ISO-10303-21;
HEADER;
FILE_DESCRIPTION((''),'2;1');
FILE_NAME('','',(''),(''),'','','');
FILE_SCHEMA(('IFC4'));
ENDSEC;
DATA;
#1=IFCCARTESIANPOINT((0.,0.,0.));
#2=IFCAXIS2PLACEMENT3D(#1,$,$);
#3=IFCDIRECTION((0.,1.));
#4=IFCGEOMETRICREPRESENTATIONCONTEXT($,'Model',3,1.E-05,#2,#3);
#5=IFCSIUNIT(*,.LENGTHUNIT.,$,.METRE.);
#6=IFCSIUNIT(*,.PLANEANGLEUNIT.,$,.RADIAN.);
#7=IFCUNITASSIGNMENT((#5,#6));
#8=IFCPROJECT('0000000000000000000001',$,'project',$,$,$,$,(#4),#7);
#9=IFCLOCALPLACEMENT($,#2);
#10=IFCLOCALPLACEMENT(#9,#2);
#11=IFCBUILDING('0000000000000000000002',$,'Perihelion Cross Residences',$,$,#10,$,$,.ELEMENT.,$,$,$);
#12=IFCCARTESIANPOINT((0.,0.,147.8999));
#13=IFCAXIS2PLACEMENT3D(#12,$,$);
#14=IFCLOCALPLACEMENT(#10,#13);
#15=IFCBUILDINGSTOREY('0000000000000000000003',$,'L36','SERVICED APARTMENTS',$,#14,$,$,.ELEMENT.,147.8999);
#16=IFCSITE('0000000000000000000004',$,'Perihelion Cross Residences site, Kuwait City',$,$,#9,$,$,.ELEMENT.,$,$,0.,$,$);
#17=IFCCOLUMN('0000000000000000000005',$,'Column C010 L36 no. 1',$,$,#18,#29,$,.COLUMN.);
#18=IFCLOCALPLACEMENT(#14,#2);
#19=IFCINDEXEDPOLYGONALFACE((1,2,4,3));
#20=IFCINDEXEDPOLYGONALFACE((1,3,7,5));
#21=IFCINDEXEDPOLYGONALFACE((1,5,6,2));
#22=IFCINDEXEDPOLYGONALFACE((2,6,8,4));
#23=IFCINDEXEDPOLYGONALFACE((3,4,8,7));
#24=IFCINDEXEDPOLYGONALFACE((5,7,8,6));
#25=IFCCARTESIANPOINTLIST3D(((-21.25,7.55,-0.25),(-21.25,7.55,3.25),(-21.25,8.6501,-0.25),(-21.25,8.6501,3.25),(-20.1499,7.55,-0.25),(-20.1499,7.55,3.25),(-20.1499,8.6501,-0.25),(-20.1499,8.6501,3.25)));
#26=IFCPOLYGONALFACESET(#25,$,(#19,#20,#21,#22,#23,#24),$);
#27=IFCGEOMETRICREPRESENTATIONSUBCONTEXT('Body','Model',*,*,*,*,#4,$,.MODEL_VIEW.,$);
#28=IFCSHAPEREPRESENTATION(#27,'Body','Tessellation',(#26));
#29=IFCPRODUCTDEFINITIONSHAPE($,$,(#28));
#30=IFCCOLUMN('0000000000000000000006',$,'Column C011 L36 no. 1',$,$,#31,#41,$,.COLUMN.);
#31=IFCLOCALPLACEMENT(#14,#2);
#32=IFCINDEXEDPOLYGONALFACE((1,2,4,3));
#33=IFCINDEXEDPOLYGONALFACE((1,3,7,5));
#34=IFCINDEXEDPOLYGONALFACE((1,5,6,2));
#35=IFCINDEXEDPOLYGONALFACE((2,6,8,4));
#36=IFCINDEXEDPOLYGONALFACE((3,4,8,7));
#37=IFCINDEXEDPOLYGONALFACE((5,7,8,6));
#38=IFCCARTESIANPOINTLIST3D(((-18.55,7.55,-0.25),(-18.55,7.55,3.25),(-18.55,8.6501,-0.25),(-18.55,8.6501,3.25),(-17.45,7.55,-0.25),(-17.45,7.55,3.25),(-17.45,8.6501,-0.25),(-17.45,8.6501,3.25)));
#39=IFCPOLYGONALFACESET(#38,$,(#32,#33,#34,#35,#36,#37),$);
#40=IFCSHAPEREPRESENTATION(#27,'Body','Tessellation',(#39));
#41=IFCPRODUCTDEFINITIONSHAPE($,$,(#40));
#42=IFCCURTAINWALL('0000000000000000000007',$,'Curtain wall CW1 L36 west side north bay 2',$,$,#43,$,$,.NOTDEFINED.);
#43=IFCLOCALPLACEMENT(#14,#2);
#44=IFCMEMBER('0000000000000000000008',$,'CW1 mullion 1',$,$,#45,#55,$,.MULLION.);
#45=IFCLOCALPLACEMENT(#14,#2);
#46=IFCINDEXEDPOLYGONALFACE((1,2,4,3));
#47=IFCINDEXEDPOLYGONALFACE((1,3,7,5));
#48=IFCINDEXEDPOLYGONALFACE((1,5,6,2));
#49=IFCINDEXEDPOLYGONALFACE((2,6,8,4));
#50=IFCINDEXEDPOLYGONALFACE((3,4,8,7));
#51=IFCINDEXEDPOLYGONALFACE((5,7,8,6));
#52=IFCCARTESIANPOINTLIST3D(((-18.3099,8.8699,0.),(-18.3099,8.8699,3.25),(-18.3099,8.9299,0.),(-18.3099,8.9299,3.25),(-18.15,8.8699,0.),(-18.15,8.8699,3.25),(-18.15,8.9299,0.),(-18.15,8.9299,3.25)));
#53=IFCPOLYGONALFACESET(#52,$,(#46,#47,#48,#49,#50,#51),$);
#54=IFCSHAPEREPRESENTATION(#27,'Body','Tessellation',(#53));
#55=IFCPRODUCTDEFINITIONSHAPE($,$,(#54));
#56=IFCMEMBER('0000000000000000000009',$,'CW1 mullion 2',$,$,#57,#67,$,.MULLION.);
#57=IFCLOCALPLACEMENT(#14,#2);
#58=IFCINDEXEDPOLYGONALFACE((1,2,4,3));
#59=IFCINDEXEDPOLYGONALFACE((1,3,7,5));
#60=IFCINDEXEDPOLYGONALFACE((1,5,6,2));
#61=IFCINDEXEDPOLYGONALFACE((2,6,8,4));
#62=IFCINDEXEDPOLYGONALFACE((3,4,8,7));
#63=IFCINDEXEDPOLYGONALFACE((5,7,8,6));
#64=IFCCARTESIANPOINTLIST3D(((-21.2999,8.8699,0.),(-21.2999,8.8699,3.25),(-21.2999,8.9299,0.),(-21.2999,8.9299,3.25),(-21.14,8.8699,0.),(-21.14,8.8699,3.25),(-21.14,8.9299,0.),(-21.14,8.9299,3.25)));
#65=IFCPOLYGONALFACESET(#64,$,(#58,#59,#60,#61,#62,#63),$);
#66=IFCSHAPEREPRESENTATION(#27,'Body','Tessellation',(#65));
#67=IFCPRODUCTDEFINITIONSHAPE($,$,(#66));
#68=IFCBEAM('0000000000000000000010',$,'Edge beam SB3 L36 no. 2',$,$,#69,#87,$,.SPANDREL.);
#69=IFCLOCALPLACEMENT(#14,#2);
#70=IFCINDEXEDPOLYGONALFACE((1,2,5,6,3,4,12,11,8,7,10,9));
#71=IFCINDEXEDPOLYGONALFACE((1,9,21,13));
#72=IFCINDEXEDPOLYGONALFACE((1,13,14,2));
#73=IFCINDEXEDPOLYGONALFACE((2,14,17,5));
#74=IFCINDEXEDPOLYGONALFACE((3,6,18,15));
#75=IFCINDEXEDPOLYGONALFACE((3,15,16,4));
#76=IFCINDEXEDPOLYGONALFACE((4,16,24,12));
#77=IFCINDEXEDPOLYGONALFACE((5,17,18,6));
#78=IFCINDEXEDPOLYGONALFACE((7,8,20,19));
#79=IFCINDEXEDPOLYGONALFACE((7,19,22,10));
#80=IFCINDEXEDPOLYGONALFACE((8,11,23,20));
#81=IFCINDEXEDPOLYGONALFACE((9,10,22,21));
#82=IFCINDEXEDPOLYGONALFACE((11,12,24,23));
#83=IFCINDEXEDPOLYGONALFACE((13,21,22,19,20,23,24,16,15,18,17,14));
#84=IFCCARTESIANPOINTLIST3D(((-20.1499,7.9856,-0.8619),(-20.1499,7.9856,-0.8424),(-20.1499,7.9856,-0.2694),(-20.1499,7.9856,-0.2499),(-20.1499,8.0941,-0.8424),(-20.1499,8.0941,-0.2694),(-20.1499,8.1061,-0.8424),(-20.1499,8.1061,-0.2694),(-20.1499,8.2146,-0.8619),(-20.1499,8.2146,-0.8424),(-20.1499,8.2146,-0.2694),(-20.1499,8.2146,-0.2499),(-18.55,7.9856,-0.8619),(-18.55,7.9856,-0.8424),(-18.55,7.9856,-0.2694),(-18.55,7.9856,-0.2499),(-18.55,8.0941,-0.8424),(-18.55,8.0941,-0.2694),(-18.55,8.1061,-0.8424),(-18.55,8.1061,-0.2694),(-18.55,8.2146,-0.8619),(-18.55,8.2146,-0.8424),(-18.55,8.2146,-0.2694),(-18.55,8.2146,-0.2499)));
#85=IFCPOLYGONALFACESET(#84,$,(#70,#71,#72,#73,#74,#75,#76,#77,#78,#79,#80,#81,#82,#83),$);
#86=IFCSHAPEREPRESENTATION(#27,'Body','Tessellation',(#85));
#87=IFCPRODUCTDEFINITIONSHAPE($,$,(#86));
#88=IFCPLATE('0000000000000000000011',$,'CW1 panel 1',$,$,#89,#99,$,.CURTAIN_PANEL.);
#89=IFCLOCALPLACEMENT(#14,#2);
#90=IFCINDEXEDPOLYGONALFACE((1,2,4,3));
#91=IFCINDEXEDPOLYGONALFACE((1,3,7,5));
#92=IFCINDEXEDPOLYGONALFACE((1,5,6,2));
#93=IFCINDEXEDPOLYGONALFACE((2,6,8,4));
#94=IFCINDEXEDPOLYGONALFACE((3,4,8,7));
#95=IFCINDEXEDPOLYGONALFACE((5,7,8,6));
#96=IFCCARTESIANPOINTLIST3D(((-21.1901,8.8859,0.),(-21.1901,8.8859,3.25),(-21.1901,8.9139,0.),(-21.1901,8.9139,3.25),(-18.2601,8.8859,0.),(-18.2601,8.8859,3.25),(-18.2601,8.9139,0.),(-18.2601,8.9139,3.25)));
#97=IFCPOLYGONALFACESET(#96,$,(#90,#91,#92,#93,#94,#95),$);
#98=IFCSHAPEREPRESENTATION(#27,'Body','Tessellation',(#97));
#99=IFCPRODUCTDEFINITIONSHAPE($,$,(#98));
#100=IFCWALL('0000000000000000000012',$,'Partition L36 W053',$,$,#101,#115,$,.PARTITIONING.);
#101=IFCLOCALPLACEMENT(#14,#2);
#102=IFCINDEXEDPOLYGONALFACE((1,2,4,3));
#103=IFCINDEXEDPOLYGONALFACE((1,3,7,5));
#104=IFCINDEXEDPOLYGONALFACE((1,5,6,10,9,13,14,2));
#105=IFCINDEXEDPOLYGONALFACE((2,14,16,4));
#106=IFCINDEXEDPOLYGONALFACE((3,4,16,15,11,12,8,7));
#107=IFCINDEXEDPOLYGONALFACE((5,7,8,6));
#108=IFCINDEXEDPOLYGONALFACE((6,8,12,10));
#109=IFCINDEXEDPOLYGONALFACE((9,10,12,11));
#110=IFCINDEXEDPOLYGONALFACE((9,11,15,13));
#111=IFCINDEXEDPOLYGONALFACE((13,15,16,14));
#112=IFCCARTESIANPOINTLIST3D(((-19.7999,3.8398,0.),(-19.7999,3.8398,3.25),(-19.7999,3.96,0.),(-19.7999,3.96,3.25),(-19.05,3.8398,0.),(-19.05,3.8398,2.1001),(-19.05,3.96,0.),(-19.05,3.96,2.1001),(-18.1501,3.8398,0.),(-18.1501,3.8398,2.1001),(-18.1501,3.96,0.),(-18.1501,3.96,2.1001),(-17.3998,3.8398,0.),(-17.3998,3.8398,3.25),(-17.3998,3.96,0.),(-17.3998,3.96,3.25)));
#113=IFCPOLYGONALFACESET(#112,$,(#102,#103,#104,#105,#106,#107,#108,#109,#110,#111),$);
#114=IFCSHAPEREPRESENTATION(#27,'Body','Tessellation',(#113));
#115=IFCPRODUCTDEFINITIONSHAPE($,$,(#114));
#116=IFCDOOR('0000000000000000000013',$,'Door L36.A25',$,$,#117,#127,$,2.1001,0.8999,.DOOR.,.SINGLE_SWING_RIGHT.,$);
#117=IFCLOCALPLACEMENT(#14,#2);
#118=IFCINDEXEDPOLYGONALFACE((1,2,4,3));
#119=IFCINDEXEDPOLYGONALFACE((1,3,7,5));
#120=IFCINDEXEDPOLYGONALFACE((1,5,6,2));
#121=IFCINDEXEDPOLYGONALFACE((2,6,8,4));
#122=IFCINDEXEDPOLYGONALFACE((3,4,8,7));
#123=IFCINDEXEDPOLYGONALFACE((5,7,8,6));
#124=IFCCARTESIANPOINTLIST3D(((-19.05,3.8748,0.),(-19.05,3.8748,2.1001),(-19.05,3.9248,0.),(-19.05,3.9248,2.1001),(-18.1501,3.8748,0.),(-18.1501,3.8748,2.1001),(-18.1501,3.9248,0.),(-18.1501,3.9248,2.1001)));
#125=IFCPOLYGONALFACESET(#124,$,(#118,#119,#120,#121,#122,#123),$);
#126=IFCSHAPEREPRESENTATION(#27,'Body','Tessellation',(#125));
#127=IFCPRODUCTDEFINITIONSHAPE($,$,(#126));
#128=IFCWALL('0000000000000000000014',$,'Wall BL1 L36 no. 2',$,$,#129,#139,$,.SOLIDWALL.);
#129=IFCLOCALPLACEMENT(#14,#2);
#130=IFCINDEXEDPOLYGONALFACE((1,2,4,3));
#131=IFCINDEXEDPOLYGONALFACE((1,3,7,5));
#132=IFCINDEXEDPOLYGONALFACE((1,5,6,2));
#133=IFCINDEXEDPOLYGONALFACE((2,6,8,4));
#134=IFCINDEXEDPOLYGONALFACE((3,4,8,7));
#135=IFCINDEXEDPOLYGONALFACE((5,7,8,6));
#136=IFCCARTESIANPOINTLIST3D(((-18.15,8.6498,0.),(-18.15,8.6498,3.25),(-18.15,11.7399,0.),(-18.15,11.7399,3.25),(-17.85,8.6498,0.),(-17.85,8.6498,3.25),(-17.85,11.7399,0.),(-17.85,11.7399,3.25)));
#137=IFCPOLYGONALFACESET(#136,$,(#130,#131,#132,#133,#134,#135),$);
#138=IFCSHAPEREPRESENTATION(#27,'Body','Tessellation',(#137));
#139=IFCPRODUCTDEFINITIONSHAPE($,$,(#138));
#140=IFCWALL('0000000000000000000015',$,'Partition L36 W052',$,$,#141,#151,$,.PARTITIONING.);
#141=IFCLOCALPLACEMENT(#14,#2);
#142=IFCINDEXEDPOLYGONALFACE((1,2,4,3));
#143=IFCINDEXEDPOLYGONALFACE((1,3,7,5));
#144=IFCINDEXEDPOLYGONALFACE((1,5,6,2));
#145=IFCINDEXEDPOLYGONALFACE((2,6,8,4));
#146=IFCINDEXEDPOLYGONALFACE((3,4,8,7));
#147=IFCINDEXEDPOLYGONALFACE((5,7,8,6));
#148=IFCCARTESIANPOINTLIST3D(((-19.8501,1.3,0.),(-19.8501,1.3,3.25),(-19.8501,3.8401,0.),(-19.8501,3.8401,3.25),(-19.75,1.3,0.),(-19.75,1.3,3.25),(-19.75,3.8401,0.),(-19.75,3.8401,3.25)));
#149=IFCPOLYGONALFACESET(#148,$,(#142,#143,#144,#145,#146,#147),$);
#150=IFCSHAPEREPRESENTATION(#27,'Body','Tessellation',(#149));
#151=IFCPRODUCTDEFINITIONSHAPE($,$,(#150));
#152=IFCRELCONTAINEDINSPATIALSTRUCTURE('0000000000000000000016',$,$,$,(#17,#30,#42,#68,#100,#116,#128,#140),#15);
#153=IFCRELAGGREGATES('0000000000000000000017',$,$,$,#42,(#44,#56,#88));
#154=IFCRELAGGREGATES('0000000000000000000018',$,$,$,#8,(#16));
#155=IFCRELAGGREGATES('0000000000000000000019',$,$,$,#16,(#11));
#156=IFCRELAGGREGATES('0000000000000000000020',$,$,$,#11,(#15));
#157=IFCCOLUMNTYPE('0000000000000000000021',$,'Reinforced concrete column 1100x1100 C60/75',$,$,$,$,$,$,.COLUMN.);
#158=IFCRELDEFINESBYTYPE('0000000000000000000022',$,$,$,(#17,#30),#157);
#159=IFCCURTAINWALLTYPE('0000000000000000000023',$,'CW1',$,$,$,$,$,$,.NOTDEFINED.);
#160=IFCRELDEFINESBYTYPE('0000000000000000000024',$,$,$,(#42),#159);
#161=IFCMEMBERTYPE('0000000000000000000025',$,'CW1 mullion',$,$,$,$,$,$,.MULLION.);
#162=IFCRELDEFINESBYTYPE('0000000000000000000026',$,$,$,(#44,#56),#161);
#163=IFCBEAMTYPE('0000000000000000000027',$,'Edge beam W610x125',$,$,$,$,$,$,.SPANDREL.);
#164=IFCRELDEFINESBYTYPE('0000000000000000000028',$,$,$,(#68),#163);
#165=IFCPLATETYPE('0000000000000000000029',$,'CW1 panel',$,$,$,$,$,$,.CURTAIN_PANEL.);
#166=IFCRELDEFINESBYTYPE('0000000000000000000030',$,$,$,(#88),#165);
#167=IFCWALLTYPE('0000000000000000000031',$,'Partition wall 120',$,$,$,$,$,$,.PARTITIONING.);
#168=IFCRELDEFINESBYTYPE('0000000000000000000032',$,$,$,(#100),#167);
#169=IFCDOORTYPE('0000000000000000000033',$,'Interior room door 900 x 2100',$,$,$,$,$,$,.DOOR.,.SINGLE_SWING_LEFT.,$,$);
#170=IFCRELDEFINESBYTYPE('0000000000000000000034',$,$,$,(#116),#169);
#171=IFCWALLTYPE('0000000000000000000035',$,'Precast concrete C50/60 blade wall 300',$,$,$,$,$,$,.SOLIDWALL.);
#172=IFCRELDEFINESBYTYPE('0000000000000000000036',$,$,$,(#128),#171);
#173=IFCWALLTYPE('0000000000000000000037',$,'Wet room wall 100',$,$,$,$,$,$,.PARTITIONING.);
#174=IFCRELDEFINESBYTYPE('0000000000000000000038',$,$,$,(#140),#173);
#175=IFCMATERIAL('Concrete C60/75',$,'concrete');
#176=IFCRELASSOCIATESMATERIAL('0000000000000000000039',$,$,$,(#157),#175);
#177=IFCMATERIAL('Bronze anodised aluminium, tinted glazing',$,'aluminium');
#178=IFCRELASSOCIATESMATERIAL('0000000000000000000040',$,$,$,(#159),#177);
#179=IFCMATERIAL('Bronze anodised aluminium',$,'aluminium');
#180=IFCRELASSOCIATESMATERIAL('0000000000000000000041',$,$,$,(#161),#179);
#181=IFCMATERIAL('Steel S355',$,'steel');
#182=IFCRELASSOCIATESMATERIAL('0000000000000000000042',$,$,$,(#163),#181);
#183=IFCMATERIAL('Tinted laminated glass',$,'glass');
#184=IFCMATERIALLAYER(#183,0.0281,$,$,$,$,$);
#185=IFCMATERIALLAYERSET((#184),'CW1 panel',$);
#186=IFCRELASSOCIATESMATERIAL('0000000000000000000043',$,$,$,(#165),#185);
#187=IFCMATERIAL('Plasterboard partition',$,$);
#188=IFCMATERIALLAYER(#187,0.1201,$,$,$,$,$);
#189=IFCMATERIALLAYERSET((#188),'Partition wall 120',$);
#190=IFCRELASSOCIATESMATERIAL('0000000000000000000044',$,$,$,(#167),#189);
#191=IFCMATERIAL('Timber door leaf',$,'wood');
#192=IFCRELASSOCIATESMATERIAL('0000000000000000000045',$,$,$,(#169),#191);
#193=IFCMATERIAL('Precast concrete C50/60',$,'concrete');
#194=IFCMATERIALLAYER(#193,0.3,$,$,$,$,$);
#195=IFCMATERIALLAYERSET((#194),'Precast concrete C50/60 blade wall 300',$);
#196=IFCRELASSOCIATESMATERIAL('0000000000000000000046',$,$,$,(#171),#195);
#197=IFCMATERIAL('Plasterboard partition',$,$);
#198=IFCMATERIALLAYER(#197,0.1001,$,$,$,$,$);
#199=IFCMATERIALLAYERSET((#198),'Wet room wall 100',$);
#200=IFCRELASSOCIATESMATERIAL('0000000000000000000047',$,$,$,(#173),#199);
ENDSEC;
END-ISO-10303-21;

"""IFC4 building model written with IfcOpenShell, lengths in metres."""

from ifc_helpers import new_model, si_unit, direction, frame, frame_2d, origin, origin_2d, place, context, subcontext, project, spatial, rectangle, i_section, extrude, material, layer, layer_set, material_profile, profile_set, type_object, element, fill, aggregate, save


model = new_model("IFC4")

# Units and contexts
model_context = context("Model", 3, precision=1e-05, world=origin(), true_north=direction((0.0, 1.0)))
body_context = subcontext(model_context, "Body", "Model", "MODEL_VIEW")
ifc_project = project(units=[si_unit("LENGTHUNIT", "METRE"), si_unit("PLANEANGLEUNIT", "RADIAN")], contexts=[model_context])

# Site, building, storey
site_placement = place(None, origin())
site = spatial("IfcSite", under=ifc_project, at=site_placement, Name="Perihelion Cross Residences site, Kuwait City", CompositionType="ELEMENT", RefElevation=0.0)
building_placement = place(site_placement, origin())
building = spatial("IfcBuilding", under=site, at=building_placement, Name="Perihelion Cross Residences", CompositionType="ELEMENT")
storey_placement = place(building_placement, frame((0.0, 0.0, 147.8999)))
storey = spatial("IfcBuildingStorey", under=building, at=storey_placement, Name="L36", Description="SERVICED APARTMENTS", CompositionType="ELEMENT", Elevation=147.8999)

# Columns
ifc_material_1 = material(Name="Concrete C60/75", Category="concrete")
ifc_material_profile_1 = material_profile(ifc_material_1, rectangle(XDim=1.1001, YDim=1.1001, at=origin_2d()), Name="RC 1100x1100")
ifc_profile_set_1 = profile_set([ifc_material_profile_1], Name="Concrete C60/75")
column_type = type_object("IfcColumnType", Name="Reinforced concrete column 1100x1100 C60/75", PredefinedType="COLUMN", material=ifc_profile_set_1)
for number, where, z_axis, x_axis, name in (
    (1, (-20.7, 8.1001, -0.25), (0.0, 0.0, 1.0), (1.0, 0.0, 0.0), "Column C010 L36 no. 1"),
    (2, (-18.0, 8.1001, -0.25), (0.0, 0.0, 1.0), (1.0, 0.0, 0.0), "Column C011 L36 no. 1"),
):
    element("IfcColumn", number, at=place(storey_placement, frame(where, z_axis=z_axis, x_axis=x_axis)), inside=storey, type_object=column_type, Name=name, PredefinedType="COLUMN", context=body_context, shape_type="SweptSolid", body=[
        extrude(rectangle(XDim=1.1001, YDim=1.1001, at=origin_2d()), origin(), (0.0, 0.0, 1.0), 3.5),
    ])

# Curtain wall, members
ifc_material_2 = material(Name="Bronze anodised aluminium, tinted glazing", Category="aluminium")
curtain_wall_type = type_object("IfcCurtainWallType", Name="CW1", PredefinedType="NOTDEFINED", material=ifc_material_2)
curtain_wall_placement = place(storey_placement, origin())
curtain_wall = element("IfcCurtainWall", 3, at=curtain_wall_placement, inside=storey, type_object=curtain_wall_type, Name="Curtain wall CW1 L36 west side north bay 2", PredefinedType="NOTDEFINED")
ifc_material_3 = material(Name="Bronze anodised aluminium", Category="aluminium")
ifc_material_profile_2 = material_profile(ifc_material_3, rectangle(XDim=0.0601, YDim=0.1599, at=origin_2d()), Name="CW1 mullion")
ifc_profile_set_2 = profile_set([ifc_material_profile_2], Name="Bronze anodised aluminium")
member_type = type_object("IfcMemberType", Name="CW1 mullion", PredefinedType="MULLION", material=ifc_profile_set_2)
member_1_placement = place(storey_placement, frame((-18.23, 8.8999, 0.0), z_axis=(0.0, 0.0, 1.0), x_axis=(0.0, -1.0, 0.0)))
member_1 = element("IfcMember", 4, at=member_1_placement, type_object=member_type, Name="CW1 mullion 1", PredefinedType="MULLION", context=body_context, shape_type="SweptSolid", body=[
    extrude(rectangle(XDim=0.0601, YDim=0.1599, at=origin_2d()), origin(), (0.0, 0.0, 1.0), 3.25),
])
member_2_placement = place(storey_placement, frame((-21.22, 8.8999, 0.0), z_axis=(0.0, 0.0, 1.0), x_axis=(0.0, -1.0, 0.0)))
member_2 = element("IfcMember", 5, at=member_2_placement, type_object=member_type, Name="CW1 mullion 2", PredefinedType="MULLION", context=body_context, shape_type="SweptSolid", body=[
    extrude(rectangle(XDim=0.0601, YDim=0.1599, at=origin_2d()), origin(), (0.0, 0.0, 1.0), 3.25),
])

# Beam
ifc_material_4 = material(Name="Steel S355", Category="steel")
ifc_material_profile_3 = material_profile(ifc_material_4, i_section(OverallWidth=0.229, OverallDepth=0.6121, WebThickness=0.012, FlangeThickness=0.0195, at=origin_2d()), Name="W610x125")
ifc_profile_set_3 = profile_set([ifc_material_profile_3], Name="Steel S355")
beam_type = type_object("IfcBeamType", Name="Edge beam W610x125", PredefinedType="SPANDREL", material=ifc_profile_set_3)
beam_placement = place(storey_placement, frame((-18.55, 8.1001, -0.5559), z_axis=(-1.0, 0.0, 0.0), x_axis=(0.0, -1.0, 0.0)))
element("IfcBeam", 6, at=beam_placement, inside=storey, type_object=beam_type, Name="Edge beam SB3 L36 no. 2", PredefinedType="SPANDREL", context=body_context, shape_type="SweptSolid", body=[
    extrude(i_section(OverallWidth=0.229, OverallDepth=0.6121, WebThickness=0.012, FlangeThickness=0.0195, at=origin_2d()), origin(), (0.0, 0.0, 1.0), 1.5999),
])

# Plate
ifc_material_5 = material(Name="Tinted laminated glass", Category="glass")
ifc_layer_1 = layer(ifc_material_5, 0.0281)
ifc_layer_set_1 = layer_set([ifc_layer_1], Name="CW1 panel")
plate_type = type_object("IfcPlateType", Name="CW1 panel", PredefinedType="CURTAIN_PANEL", material=ifc_layer_set_1)
plate_placement = place(storey_placement, frame((-19.7251, 8.8999, 0.0), z_axis=(0.0, 0.0, 1.0), x_axis=(-1.0, 0.0, 0.0)))
plate = element("IfcPlate", 7, at=plate_placement, type_object=plate_type, Name="CW1 panel 1", PredefinedType="CURTAIN_PANEL", context=body_context, shape_type="SweptSolid", body=[
    extrude(rectangle(XDim=2.9299, YDim=0.0281, at=origin_2d()), origin(), (0.0, 0.0, 1.0), 3.25),
])
aggregate(curtain_wall, [member_1, member_2, plate])

# Wall, opening, door
ifc_material_6 = material(Name="Plasterboard partition")
ifc_layer_2 = layer(ifc_material_6, 0.1201)
ifc_layer_set_2 = layer_set([ifc_layer_2], Name="Partition wall 120")
wall_type_1 = type_object("IfcWallType", Name="Partition wall 120", PredefinedType="PARTITIONING", material=ifc_layer_set_2)
wall_1_placement = place(storey_placement, frame((-19.8, 3.8999, 0.0), z_axis=(0.0, 0.0, 1.0), x_axis=(1.0, 0.0, 0.0)))
wall_1 = element("IfcWall", 8, at=wall_1_placement, inside=storey, type_object=wall_type_1, Name="Partition L36 W053", PredefinedType="PARTITIONING", context=body_context, shape_type="SweptSolid", body=[
    extrude(rectangle(XDim=2.4001, YDim=0.1201, at=frame_2d((1.2002, 0.0))), origin(), (0.0, 0.0, 1.0), 3.25),
])
opening_1_placement = place(wall_1_placement, frame((0.75, 0.0, 0.0)))
opening_1 = element("IfcOpeningElement", 9, at=opening_1_placement, cuts=wall_1, PredefinedType="OPENING", context=body_context, shape_type="SweptSolid", body=[
    extrude(rectangle(XDim=0.8999, YDim=2.1001, at=frame_2d((0.45, 1.05))), frame((0.0, 0.0701, 0.0), z_axis=(0.0, -1.0, 0.0), x_axis=(1.0, 0.0, 0.0)), (0.0, 0.0, 1.0), 0.1401),
])
ifc_material_7 = material(Name="Timber door leaf", Category="wood")
door_type_1 = type_object("IfcDoorType", Name="Interior room door 900 x 2100", OperationType="SINGLE_SWING_LEFT", PredefinedType="DOOR", material=ifc_material_7)
door_1_placement = place(opening_1_placement, origin())
door_1 = element("IfcDoor", 10, at=door_1_placement, inside=storey, type_object=door_type_1, Name="Door L36.A25", OperationType="SINGLE_SWING_RIGHT", OverallHeight=2.1001, OverallWidth=0.8999, PredefinedType="DOOR", context=body_context, shape_type="SweptSolid", body=[
    extrude(rectangle(XDim=0.8999, YDim=2.1001, at=frame_2d((0.45, 1.05))), frame((0.0, 0.0249, 0.0), z_axis=(0.0, -1.0, 0.0), x_axis=(1.0, 0.0, 0.0)), (0.0, 0.0, 1.0), 0.05),
])
fill(opening_1, door_1)

# Walls
ifc_material_8 = material(Name="Precast concrete C50/60", Category="concrete")
ifc_layer_3 = layer(ifc_material_8, 0.3)
ifc_layer_set_3 = layer_set([ifc_layer_3], Name="Precast concrete C50/60 blade wall 300")
wall_type_2 = type_object("IfcWallType", Name="Precast concrete C50/60 blade wall 300", PredefinedType="SOLIDWALL", material=ifc_layer_set_3)
wall_2_placement = place(storey_placement, frame((-18.0, 8.6499, 0.0), z_axis=(0.0, 0.0, 1.0), x_axis=(0.0, 1.0, 0.0)))
element("IfcWall", 11, at=wall_2_placement, inside=storey, type_object=wall_type_2, Name="Wall BL1 L36 no. 2", PredefinedType="SOLIDWALL", context=body_context, shape_type="SweptSolid", body=[
    extrude(rectangle(XDim=3.0901, YDim=0.3, at=frame_2d((1.5449, 0.0))), origin(), (0.0, 0.0, 1.0), 3.25),
])
ifc_material_9 = material(Name="Plasterboard partition")
ifc_layer_4 = layer(ifc_material_9, 0.1001)
ifc_layer_set_4 = layer_set([ifc_layer_4], Name="Wet room wall 100")
wall_type_3 = type_object("IfcWallType", Name="Wet room wall 100", PredefinedType="PARTITIONING", material=ifc_layer_set_4)
wall_3_placement = place(storey_placement, frame((-19.8, 1.3, 0.0), z_axis=(0.0, 0.0, 1.0), x_axis=(0.0, 1.0, 0.0)))
element("IfcWall", 12, at=wall_3_placement, inside=storey, type_object=wall_type_3, Name="Partition L36 W052", PredefinedType="PARTITIONING", context=body_context, shape_type="SweptSolid", body=[
    extrude(rectangle(XDim=2.54, YDim=0.1001, at=frame_2d((1.27, 0.0))), origin(), (0.0, 0.0, 1.0), 3.25),
])

save(model, "model.ifc")
